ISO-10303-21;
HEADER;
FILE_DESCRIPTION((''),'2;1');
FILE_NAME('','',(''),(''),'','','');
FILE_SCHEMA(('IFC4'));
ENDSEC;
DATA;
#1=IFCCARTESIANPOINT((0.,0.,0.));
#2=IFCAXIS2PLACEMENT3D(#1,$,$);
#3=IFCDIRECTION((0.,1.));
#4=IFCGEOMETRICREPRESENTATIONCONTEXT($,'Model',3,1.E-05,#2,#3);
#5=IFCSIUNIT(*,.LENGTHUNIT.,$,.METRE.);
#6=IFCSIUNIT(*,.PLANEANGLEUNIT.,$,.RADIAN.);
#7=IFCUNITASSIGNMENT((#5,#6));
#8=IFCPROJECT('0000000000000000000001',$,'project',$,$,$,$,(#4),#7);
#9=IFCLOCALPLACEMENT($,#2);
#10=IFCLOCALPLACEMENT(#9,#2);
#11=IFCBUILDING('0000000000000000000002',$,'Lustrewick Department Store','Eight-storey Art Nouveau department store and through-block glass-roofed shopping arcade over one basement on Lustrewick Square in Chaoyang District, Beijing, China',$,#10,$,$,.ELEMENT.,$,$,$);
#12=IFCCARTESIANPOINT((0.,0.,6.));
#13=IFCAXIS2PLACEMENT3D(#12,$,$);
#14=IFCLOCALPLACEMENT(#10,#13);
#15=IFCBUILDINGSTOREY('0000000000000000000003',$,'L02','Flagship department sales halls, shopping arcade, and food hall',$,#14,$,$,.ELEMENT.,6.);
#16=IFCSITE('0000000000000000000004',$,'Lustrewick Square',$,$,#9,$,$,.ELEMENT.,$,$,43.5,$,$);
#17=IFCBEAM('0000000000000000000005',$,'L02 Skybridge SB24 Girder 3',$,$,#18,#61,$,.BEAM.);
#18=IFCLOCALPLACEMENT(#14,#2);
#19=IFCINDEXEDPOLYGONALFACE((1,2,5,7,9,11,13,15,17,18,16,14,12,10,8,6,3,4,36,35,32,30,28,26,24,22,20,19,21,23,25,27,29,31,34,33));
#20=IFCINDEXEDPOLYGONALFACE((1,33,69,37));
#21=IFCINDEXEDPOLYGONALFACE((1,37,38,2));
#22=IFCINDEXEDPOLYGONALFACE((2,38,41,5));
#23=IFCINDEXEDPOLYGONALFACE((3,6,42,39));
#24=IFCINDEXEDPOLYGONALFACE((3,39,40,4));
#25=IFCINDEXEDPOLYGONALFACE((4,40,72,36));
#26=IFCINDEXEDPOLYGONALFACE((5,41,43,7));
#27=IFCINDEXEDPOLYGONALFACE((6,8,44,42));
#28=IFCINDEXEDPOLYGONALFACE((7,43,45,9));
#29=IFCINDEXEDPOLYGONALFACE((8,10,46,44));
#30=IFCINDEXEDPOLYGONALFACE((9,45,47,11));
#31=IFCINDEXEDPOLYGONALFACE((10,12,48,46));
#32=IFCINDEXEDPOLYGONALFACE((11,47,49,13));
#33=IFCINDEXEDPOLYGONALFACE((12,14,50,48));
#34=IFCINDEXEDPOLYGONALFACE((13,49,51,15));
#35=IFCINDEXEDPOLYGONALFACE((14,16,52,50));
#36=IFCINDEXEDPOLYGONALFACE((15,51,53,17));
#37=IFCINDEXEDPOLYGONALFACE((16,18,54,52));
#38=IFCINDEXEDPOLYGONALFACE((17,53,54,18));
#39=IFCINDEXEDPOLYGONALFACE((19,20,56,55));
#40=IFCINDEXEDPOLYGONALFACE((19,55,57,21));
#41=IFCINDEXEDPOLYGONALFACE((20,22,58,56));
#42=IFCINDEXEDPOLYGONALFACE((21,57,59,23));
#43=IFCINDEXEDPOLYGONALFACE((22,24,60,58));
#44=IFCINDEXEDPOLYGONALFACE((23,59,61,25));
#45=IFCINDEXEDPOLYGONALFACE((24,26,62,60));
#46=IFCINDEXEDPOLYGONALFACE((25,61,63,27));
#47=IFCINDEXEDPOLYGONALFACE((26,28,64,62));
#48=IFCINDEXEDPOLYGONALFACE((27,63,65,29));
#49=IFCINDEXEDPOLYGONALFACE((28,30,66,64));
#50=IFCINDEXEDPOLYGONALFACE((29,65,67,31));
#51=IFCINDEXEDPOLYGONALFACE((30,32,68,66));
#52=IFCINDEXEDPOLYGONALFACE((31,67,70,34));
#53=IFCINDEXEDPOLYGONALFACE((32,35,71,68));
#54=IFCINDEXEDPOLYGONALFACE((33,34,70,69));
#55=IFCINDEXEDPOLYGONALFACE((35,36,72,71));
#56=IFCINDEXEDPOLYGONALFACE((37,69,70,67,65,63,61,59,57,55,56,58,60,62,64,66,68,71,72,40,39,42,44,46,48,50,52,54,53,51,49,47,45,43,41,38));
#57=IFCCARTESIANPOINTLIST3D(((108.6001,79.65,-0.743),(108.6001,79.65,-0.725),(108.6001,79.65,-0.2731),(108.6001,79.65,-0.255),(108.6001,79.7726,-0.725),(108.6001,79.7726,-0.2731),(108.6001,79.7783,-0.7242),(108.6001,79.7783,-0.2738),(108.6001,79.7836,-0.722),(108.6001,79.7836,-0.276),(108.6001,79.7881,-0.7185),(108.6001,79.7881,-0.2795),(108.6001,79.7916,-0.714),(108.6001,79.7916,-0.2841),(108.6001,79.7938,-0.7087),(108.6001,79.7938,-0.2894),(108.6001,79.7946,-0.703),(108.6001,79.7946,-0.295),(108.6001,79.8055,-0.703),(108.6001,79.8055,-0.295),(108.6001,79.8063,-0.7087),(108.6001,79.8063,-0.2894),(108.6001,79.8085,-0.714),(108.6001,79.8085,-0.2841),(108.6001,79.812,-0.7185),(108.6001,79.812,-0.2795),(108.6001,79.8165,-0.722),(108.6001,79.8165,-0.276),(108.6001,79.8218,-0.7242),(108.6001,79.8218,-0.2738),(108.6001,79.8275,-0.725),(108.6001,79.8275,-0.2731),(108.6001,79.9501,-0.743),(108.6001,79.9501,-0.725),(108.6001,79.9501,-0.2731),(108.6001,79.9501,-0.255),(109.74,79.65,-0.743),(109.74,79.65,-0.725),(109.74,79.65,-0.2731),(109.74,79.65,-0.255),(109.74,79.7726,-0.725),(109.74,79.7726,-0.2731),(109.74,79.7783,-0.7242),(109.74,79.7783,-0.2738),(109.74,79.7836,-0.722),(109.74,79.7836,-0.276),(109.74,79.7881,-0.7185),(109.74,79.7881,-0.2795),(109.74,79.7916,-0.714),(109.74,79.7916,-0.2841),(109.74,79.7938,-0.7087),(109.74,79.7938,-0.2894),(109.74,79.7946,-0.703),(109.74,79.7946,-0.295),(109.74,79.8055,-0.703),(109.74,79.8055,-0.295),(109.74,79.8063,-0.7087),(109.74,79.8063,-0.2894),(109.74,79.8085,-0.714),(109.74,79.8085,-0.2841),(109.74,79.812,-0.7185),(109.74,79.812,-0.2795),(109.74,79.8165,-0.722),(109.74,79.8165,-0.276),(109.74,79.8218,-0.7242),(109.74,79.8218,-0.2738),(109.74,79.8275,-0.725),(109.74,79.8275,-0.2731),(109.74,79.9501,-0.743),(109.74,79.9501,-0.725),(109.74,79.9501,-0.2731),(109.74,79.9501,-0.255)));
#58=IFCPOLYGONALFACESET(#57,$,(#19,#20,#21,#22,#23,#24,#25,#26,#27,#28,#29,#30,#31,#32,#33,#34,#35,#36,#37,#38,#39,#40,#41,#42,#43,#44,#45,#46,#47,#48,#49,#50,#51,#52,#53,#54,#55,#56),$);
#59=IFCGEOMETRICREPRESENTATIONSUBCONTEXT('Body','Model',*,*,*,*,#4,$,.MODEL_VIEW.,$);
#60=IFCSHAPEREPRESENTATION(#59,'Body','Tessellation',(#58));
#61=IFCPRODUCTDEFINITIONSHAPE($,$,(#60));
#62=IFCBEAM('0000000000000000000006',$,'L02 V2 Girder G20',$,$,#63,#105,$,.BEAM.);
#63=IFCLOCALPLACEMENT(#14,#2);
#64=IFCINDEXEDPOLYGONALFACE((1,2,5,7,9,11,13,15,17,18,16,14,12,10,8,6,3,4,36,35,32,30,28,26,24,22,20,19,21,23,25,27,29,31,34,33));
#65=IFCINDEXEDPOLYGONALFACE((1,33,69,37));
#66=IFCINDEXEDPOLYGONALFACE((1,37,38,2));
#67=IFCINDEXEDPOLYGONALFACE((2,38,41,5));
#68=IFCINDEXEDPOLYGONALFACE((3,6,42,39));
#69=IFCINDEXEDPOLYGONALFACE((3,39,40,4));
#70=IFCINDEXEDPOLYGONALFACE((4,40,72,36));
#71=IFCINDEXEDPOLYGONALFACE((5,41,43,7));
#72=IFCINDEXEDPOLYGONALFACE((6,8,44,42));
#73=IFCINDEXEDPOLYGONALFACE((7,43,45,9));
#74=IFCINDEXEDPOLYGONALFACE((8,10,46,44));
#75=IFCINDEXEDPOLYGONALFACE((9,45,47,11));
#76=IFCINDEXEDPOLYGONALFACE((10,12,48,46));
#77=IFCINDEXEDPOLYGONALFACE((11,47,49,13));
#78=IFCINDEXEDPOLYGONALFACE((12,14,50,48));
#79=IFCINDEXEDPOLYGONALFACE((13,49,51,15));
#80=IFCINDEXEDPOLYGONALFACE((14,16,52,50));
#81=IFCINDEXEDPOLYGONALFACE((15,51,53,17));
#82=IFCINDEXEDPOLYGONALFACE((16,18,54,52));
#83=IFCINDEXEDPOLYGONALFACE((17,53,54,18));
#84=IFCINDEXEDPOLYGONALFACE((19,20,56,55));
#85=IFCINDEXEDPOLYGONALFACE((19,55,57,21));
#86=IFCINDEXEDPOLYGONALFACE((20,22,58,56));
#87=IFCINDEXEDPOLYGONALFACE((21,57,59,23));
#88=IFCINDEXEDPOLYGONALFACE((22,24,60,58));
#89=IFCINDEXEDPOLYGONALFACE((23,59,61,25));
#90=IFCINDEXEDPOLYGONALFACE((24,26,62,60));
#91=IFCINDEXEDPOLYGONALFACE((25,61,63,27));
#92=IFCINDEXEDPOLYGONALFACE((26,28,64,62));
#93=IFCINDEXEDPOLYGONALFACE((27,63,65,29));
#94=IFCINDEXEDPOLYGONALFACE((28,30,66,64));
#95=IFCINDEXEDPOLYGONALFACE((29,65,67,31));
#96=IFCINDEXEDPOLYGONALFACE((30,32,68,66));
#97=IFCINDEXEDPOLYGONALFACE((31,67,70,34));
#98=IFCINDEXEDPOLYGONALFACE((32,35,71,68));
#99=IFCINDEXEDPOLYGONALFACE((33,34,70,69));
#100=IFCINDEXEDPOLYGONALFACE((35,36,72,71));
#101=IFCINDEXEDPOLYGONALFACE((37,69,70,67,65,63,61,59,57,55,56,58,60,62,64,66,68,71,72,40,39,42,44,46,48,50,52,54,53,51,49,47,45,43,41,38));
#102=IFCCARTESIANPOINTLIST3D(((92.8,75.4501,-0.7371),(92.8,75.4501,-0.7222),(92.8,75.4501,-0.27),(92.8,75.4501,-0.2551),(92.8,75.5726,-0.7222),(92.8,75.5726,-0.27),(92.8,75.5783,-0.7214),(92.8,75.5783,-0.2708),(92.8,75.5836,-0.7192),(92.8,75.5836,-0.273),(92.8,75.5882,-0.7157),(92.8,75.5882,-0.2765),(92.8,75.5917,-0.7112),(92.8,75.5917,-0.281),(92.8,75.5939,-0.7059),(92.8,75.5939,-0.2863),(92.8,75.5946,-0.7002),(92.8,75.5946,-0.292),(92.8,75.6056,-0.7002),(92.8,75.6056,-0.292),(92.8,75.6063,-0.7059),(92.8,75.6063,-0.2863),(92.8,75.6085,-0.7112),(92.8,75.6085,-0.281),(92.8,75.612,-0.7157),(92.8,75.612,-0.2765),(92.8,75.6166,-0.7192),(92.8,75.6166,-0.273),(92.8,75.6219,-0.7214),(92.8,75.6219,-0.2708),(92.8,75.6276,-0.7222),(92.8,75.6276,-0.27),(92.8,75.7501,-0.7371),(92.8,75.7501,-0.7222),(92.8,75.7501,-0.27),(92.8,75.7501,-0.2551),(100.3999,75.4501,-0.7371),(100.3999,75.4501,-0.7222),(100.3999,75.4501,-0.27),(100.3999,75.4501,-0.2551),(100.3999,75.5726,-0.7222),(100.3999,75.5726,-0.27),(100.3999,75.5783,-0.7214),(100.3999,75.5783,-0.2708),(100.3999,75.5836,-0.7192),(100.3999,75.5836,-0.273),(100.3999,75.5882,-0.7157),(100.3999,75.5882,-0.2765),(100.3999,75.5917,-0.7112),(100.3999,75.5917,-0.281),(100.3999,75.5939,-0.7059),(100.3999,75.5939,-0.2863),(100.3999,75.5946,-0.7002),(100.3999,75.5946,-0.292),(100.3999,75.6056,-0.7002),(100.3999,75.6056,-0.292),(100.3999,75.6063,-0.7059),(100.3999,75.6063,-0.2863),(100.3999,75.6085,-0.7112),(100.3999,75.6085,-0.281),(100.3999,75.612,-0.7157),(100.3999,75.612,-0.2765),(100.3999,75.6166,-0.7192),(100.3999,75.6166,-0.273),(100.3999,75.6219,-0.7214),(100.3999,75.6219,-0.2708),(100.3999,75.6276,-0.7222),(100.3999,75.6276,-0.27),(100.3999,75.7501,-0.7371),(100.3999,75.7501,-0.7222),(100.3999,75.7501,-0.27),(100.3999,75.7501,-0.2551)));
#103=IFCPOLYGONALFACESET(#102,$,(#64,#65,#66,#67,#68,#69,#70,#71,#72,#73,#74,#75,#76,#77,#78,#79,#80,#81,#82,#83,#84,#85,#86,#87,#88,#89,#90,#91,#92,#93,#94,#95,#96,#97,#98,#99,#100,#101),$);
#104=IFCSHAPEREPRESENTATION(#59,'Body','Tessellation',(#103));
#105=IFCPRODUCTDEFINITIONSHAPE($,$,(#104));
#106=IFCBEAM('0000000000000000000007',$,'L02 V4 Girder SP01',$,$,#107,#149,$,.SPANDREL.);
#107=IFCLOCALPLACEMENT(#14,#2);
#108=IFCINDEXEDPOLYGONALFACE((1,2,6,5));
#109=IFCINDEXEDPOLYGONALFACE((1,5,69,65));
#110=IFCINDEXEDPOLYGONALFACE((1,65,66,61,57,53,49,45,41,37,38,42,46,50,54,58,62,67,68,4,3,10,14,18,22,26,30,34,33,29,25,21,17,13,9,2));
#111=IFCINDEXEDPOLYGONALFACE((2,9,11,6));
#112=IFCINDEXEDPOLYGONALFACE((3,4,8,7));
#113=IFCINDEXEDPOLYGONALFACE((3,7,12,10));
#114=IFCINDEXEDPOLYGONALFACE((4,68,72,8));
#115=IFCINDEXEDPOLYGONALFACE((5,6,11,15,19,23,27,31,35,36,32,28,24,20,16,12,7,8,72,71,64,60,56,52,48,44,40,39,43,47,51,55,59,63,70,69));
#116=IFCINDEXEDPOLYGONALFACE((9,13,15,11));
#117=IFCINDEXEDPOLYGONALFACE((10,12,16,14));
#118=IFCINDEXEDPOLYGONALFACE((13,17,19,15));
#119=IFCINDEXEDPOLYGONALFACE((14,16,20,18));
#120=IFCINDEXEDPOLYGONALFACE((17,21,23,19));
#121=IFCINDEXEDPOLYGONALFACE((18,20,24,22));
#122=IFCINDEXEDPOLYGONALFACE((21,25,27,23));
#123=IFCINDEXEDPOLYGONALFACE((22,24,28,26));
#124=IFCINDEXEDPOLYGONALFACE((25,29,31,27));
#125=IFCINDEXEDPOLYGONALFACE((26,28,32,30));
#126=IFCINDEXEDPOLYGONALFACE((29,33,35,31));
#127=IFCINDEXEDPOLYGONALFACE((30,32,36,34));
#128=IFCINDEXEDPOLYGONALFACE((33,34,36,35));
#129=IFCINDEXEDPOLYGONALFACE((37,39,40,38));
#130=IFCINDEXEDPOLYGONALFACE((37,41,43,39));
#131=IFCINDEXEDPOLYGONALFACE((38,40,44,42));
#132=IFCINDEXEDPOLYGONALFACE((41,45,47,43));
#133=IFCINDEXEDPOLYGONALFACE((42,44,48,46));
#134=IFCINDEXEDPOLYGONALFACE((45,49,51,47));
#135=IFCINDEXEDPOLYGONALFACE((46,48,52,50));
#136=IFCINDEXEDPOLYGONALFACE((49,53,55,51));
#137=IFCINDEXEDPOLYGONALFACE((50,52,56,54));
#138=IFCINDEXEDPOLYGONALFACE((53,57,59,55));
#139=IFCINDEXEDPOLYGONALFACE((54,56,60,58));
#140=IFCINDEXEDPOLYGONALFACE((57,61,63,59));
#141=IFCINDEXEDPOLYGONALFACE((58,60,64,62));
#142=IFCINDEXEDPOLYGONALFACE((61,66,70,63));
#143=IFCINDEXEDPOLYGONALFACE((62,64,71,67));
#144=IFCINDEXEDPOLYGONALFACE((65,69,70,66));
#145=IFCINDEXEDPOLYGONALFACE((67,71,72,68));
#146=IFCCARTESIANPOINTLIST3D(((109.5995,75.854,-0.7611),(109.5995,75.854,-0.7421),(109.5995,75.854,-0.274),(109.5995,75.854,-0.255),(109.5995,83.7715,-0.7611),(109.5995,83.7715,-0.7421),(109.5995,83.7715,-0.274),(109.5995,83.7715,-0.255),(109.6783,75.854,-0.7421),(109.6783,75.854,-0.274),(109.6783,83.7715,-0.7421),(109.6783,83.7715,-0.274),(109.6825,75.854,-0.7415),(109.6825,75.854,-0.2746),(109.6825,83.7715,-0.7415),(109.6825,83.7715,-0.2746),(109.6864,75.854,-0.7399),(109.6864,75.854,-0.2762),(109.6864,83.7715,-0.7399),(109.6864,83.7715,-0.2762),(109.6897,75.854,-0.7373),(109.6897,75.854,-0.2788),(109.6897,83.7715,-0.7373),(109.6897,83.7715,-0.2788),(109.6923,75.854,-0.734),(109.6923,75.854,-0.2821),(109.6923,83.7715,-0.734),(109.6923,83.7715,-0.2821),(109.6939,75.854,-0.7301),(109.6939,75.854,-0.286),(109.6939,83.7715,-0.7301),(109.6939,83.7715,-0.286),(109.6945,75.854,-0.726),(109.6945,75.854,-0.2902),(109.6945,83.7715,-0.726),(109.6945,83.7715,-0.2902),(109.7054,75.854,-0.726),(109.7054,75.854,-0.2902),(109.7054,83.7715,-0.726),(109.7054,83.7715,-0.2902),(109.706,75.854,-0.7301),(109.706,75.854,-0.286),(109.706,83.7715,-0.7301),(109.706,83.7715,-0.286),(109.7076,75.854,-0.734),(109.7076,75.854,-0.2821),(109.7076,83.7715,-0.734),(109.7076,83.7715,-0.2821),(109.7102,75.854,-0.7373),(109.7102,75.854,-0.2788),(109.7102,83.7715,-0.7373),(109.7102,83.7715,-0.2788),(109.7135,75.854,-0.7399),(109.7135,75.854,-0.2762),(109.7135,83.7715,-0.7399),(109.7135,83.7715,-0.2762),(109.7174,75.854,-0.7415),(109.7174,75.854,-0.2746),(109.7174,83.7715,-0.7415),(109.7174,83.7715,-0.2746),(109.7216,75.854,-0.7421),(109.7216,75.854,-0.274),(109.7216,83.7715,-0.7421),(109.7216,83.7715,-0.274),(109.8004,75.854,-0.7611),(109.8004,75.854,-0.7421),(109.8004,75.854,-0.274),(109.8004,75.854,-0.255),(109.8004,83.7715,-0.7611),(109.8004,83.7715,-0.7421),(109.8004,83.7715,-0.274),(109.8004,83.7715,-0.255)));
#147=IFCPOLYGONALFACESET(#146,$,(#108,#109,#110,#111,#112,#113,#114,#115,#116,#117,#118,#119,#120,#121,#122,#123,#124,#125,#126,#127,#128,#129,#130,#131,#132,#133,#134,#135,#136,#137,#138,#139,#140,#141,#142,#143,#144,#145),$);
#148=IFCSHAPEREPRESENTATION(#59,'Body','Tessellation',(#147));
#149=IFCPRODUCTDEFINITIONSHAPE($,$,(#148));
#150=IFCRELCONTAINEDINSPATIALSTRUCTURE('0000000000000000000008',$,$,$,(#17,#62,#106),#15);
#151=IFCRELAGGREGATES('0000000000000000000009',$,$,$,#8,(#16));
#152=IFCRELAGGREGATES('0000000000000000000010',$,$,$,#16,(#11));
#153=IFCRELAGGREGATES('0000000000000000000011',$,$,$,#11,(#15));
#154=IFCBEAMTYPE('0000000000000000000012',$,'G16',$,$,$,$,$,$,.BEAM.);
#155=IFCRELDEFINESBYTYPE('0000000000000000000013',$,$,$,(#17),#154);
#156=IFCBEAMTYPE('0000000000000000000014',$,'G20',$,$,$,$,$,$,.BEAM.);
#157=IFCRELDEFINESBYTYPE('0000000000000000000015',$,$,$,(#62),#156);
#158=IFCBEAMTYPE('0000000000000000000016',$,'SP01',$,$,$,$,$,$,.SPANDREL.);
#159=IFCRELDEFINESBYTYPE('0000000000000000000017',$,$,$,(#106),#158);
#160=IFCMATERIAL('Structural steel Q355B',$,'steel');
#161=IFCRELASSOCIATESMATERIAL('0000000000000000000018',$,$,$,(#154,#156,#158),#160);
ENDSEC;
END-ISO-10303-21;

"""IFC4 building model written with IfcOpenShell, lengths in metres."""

from ifc_helpers import new_model, si_unit, direction, frame, origin, origin_2d, place, context, subcontext, project, spatial, i_section, extrude, material, material_profile, profile_set, type_object, element, save


model = new_model("IFC4")

# Units and contexts
model_context = context("Model", 3, precision=1e-05, world=origin(), true_north=direction((0.0, 1.0)))
body_context = subcontext(model_context, "Body", "Model", "MODEL_VIEW")
ifc_project = project(units=[si_unit("LENGTHUNIT", "METRE"), si_unit("PLANEANGLEUNIT", "RADIAN")], contexts=[model_context])

# Site, building, storey
site_placement = place(None, origin())
site = spatial("IfcSite", under=ifc_project, at=site_placement, Name="Lustrewick Square", CompositionType="ELEMENT", RefElevation=43.5)
building_placement = place(site_placement, origin())
building = spatial("IfcBuilding", under=site, at=building_placement, Name="Lustrewick Department Store", Description="Eight-storey Art Nouveau department store and through-block glass-roofed shopping arcade over one basement on Lustrewick Square in Chaoyang District, Beijing, China", CompositionType="ELEMENT")
storey_placement = place(building_placement, frame((0.0, 0.0, 6.0)))
storey = spatial("IfcBuildingStorey", under=building, at=storey_placement, Name="L02", Description="Flagship department sales halls, shopping arcade, and food hall", CompositionType="ELEMENT", Elevation=6.0)

# Shared definitions
ifc_material_1 = material(Name="Structural steel Q355B", Category="steel")

# Beams
ifc_material_profile_1 = material_profile(ifc_material_1, i_section(OverallWidth=0.3, OverallDepth=0.488, WebThickness=0.011, FlangeThickness=0.0181, FilletRadius=0.022, at=origin_2d()), Name="HM 488x300x11x18")
ifc_profile_set_1 = profile_set([ifc_material_profile_1], Name="Structural steel Q355B")
beam_type_1 = type_object("IfcBeamType", Name="G16", PredefinedType="BEAM", material=ifc_profile_set_1)
for number, where, z_axis, x_axis, name in (
    (1, (108.6001, 79.8, -0.499), (1.0, 0.0, 0.0), (0.0, 1.0, 0.0), "L02 Skybridge SB24 Girder 3"),
):
    element("IfcBeam", number, at=place(storey_placement, frame(where, z_axis=z_axis, x_axis=x_axis)), inside=storey, type_object=beam_type_1, Name=name, PredefinedType="BEAM", context=body_context, shape_type="SweptSolid", body=[
        extrude(i_section(OverallWidth=0.3, OverallDepth=0.488, WebThickness=0.011, FlangeThickness=0.0181, FilletRadius=0.022, at=origin_2d()), origin(), (0.0, 0.0, 1.0), 1.1399),
    ])
ifc_material_profile_2 = material_profile(ifc_material_1, i_section(OverallWidth=0.3, OverallDepth=0.4819, WebThickness=0.011, FlangeThickness=0.0149, FilletRadius=0.022, at=origin_2d()), Name="HM 482x300x11x15")
ifc_profile_set_2 = profile_set([ifc_material_profile_2], Name="Structural steel Q355B")
beam_type_2 = type_object("IfcBeamType", Name="G20", PredefinedType="BEAM", material=ifc_profile_set_2)
beam_1_placement = place(storey_placement, frame((92.8, 75.6001, -0.4961), z_axis=(1.0, 0.0, 0.0), x_axis=(0.0, 1.0, 0.0)))
element("IfcBeam", 2, at=beam_1_placement, inside=storey, type_object=beam_type_2, Name="L02 V2 Girder G20", PredefinedType="BEAM", context=body_context, shape_type="SweptSolid", body=[
    extrude(i_section(OverallWidth=0.3, OverallDepth=0.4819, WebThickness=0.011, FlangeThickness=0.0149, FilletRadius=0.022, at=origin_2d()), origin(), (0.0, 0.0, 1.0), 7.5999),
])
ifc_material_profile_3 = material_profile(ifc_material_1, i_section(OverallWidth=0.2009, OverallDepth=0.5061, WebThickness=0.011, FlangeThickness=0.019, FilletRadius=0.0161, at=origin_2d()), Name="HN 506x201x11x19")
ifc_profile_set_3 = profile_set([ifc_material_profile_3], Name="Structural steel Q355B")
beam_type_3 = type_object("IfcBeamType", Name="SP01", PredefinedType="SPANDREL", material=ifc_profile_set_3)
beam_2_placement = place(storey_placement, frame((109.7, 75.854, -0.5081), z_axis=(0.0, 1.0, 0.0), x_axis=(-1.0, 0.0, 0.0)))
element("IfcBeam", 3, at=beam_2_placement, inside=storey, type_object=beam_type_3, Name="L02 V4 Girder SP01", PredefinedType="SPANDREL", context=body_context, shape_type="SweptSolid", body=[
    extrude(i_section(OverallWidth=0.2009, OverallDepth=0.5061, WebThickness=0.011, FlangeThickness=0.019, FilletRadius=0.0161, at=origin_2d()), origin(), (0.0, 0.0, 1.0), 7.9175),
])

save(model, "model.ifc")
